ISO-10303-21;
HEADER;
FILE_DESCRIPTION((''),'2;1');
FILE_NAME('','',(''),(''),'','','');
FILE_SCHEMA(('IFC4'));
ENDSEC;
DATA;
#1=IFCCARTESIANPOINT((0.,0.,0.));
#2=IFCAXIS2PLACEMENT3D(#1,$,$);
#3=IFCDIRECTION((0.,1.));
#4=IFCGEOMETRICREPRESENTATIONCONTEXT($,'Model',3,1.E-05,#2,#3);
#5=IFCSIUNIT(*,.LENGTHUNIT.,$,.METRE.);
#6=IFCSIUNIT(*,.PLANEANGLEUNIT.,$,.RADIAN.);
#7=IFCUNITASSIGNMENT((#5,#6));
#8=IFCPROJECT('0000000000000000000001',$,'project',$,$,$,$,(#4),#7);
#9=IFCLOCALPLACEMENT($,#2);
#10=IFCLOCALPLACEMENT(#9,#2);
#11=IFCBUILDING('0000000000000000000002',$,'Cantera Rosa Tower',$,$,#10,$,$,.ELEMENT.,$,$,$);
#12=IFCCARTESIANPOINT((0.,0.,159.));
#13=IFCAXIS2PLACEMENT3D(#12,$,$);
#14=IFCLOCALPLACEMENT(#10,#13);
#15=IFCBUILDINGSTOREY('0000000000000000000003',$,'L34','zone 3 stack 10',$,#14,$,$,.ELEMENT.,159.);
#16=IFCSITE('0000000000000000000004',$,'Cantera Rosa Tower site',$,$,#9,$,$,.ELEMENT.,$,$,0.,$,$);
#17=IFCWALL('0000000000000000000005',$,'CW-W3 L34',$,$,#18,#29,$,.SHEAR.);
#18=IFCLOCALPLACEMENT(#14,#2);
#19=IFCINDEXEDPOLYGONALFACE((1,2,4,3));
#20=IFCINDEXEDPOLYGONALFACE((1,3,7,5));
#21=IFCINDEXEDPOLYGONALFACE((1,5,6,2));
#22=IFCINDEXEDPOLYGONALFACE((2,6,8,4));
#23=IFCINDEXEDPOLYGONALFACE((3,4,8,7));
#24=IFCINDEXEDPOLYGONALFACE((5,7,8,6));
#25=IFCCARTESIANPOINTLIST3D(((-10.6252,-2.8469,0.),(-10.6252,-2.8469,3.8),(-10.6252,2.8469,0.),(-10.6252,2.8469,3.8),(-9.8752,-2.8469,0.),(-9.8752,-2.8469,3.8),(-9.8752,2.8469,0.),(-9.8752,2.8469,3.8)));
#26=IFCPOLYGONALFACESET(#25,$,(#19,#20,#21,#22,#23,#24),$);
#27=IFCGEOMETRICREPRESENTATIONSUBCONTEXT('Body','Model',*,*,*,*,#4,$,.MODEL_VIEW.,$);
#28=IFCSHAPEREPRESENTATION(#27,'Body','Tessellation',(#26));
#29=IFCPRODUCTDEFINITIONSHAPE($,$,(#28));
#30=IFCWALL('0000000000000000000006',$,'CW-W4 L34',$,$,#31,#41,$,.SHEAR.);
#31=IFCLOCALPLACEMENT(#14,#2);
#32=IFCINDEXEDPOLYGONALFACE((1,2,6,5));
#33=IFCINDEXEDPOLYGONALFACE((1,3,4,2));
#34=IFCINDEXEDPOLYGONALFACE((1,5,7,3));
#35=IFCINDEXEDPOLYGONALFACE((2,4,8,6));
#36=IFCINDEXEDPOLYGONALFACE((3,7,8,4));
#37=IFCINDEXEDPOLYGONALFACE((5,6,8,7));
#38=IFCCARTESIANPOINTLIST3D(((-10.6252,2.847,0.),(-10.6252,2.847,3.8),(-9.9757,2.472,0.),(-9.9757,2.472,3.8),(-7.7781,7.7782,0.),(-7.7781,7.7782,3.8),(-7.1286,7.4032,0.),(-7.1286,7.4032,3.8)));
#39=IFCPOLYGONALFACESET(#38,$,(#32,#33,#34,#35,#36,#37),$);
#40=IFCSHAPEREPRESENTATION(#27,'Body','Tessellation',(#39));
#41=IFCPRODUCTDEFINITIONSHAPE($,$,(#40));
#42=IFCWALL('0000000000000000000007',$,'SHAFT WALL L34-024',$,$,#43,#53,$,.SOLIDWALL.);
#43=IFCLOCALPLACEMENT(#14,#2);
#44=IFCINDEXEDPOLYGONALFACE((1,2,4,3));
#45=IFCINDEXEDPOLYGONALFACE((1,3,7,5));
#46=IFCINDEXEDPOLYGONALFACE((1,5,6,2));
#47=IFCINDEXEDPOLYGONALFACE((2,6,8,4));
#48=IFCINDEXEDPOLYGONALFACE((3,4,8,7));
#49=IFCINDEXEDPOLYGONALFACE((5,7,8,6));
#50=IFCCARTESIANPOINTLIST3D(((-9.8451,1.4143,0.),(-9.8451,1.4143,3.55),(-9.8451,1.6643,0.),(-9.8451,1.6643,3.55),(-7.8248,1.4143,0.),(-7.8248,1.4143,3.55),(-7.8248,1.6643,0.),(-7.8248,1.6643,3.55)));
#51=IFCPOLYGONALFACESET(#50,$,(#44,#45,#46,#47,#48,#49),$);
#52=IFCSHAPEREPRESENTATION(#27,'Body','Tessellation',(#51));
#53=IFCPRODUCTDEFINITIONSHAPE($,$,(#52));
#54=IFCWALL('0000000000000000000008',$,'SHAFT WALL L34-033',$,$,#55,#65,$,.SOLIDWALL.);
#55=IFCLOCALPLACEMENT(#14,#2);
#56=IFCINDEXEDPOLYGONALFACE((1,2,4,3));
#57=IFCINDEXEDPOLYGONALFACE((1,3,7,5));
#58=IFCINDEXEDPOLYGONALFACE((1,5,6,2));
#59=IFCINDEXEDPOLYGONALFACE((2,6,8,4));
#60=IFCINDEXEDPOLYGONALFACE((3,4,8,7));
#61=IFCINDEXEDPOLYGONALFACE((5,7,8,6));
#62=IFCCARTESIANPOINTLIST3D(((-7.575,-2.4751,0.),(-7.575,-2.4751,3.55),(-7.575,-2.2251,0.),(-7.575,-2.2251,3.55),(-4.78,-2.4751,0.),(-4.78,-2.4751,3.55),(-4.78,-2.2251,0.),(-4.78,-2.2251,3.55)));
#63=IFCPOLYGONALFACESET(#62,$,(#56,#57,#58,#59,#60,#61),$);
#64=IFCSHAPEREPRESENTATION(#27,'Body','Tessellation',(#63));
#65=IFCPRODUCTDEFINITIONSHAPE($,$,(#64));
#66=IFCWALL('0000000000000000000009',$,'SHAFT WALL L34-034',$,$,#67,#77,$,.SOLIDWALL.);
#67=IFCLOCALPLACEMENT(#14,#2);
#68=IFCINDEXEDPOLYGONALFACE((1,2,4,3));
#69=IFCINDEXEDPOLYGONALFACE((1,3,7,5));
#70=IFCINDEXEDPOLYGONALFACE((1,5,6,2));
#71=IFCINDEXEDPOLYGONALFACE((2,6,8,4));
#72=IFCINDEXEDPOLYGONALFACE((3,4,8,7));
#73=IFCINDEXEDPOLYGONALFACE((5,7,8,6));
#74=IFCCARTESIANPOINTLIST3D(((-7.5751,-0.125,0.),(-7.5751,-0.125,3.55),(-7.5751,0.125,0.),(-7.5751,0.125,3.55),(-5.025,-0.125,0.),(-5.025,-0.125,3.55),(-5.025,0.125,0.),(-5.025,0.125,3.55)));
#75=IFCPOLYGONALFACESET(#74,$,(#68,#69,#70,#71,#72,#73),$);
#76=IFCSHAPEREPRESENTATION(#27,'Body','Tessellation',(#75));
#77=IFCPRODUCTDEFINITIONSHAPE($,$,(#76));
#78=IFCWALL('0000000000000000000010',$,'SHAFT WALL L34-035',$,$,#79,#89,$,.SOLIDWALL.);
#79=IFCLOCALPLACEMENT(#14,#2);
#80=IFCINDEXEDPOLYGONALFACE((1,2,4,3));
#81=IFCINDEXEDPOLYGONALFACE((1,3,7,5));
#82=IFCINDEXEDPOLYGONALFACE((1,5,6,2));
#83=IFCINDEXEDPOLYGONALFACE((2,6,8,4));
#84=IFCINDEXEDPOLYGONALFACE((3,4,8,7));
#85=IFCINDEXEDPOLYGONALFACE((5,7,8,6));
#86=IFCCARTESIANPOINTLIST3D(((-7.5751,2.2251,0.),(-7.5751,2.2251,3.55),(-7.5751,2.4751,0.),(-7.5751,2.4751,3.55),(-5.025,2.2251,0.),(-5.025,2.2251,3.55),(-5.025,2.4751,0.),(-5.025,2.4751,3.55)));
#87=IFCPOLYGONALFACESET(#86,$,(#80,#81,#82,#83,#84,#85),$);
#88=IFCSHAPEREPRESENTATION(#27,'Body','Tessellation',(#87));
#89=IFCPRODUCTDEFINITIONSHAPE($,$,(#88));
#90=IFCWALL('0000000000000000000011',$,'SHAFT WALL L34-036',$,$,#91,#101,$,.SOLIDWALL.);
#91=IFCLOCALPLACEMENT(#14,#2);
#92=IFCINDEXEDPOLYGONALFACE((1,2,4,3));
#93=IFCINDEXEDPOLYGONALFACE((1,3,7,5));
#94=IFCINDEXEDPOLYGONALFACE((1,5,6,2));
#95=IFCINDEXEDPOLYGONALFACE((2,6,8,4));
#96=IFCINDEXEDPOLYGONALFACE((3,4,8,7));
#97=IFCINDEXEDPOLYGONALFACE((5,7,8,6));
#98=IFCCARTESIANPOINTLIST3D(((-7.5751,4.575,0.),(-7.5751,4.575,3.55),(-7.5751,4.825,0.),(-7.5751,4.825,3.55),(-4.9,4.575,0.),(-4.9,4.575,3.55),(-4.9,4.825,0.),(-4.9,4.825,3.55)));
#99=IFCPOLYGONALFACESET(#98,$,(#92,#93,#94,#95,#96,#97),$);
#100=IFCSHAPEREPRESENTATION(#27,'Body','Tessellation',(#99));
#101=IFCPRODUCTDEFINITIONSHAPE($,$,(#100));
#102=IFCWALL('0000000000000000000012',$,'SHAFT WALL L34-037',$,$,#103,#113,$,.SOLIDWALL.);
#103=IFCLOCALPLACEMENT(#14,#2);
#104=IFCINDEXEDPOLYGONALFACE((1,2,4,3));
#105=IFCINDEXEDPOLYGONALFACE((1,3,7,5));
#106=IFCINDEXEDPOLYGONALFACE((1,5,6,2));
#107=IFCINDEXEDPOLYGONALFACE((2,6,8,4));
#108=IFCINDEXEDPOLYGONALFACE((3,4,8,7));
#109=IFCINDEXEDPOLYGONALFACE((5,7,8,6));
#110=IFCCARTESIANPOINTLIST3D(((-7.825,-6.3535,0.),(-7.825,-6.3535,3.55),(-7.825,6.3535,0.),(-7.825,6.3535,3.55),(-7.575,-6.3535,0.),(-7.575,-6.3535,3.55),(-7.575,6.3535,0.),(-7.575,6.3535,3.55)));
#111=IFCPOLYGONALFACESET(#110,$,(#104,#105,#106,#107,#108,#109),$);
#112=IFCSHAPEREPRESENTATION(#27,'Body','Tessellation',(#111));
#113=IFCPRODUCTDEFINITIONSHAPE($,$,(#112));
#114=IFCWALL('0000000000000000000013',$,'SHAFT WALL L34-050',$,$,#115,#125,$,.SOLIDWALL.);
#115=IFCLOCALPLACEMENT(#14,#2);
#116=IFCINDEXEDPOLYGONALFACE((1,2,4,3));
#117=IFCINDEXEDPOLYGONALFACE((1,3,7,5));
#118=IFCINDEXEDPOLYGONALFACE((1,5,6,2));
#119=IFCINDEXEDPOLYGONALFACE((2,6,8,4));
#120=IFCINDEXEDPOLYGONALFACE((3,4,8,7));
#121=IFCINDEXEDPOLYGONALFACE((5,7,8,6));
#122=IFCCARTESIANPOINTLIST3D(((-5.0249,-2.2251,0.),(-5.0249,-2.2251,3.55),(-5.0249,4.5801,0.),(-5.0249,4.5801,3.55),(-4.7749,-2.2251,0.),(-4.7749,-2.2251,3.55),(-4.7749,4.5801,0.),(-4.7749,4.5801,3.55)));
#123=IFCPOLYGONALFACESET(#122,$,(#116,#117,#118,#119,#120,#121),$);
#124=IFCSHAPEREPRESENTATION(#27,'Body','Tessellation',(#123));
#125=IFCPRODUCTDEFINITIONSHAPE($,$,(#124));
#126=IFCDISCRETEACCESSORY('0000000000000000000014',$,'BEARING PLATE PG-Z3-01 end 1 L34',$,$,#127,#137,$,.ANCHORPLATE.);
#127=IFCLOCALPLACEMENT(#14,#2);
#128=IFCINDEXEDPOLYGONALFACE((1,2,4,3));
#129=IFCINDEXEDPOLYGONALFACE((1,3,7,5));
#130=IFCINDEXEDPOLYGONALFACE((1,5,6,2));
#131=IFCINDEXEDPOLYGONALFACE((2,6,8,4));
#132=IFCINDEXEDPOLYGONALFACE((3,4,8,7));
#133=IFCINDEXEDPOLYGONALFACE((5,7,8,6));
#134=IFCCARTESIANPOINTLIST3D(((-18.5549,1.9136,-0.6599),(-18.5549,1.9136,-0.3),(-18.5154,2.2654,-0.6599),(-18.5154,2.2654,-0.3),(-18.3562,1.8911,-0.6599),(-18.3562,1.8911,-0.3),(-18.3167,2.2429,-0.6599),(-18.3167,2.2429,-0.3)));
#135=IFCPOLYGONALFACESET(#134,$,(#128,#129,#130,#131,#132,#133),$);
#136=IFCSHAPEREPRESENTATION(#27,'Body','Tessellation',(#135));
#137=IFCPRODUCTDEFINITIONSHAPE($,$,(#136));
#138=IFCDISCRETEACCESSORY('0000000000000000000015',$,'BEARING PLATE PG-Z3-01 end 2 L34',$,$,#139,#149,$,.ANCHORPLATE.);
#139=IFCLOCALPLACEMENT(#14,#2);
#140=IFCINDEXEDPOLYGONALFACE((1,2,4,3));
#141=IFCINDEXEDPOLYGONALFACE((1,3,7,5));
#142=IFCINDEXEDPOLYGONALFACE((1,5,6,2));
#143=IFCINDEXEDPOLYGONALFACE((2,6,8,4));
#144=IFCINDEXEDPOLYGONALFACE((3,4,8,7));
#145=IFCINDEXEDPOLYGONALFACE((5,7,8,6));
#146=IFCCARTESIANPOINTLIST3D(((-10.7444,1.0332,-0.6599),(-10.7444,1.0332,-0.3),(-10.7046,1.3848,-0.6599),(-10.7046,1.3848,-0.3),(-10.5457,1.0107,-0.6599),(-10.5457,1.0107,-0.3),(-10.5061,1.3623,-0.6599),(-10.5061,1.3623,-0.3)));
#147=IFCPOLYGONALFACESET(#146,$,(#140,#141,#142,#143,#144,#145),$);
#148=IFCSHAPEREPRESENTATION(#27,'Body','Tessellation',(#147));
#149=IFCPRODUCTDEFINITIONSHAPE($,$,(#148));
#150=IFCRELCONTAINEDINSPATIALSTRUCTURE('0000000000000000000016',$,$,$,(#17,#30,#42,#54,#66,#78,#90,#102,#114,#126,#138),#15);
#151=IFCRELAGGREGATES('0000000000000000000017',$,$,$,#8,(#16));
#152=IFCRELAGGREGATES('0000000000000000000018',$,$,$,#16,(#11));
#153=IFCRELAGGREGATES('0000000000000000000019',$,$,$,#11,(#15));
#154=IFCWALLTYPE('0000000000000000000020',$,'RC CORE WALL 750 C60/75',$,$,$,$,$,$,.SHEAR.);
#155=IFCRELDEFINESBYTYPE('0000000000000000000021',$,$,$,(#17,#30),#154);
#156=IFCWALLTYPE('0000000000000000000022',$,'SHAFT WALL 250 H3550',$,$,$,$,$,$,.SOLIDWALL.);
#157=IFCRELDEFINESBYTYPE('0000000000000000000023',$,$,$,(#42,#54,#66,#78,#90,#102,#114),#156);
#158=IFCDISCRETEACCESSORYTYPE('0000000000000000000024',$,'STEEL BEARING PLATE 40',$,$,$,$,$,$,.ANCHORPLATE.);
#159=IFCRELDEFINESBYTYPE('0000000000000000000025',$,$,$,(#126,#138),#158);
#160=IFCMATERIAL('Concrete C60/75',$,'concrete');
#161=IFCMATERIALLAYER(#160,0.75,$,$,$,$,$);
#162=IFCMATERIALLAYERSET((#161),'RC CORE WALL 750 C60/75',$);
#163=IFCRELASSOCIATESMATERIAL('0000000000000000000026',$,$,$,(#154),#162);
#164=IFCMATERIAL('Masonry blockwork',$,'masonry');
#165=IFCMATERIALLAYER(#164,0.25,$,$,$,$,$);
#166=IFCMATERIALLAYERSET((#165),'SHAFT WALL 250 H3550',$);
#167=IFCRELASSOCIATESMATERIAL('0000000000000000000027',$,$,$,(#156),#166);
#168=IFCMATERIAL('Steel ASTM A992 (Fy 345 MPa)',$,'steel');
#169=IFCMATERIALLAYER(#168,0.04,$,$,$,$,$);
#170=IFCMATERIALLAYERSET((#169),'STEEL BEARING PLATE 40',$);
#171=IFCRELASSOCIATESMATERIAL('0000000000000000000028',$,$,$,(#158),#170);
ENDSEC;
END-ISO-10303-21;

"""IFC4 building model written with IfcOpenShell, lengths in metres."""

from ifc_helpers import new_model, si_unit, direction, frame, frame_2d, origin, place, context, subcontext, project, spatial, polyline, rectangle, outline, extrude, material, layer, layer_set, type_object, element, save


model = new_model("IFC4")

# Units and contexts
model_context = context("Model", 3, precision=1e-05, world=origin(), true_north=direction((0.0, 1.0)))
body_context = subcontext(model_context, "Body", "Model", "MODEL_VIEW")
ifc_project = project(units=[si_unit("LENGTHUNIT", "METRE"), si_unit("PLANEANGLEUNIT", "RADIAN")], contexts=[model_context])

# Site, building, storey
site_placement = place(None, origin())
site = spatial("IfcSite", under=ifc_project, at=site_placement, Name="Cantera Rosa Tower site", CompositionType="ELEMENT", RefElevation=0.0)
building_placement = place(site_placement, origin())
building = spatial("IfcBuilding", under=site, at=building_placement, Name="Cantera Rosa Tower", CompositionType="ELEMENT")
storey_placement = place(building_placement, frame((0.0, 0.0, 159.0)))
storey = spatial("IfcBuildingStorey", under=building, at=storey_placement, Name="L34", Description="zone 3 stack 10", CompositionType="ELEMENT", Elevation=159.0)

# Walls
ifc_material_1 = material(Name="Concrete C60/75", Category="concrete")
ifc_layer_1 = layer(ifc_material_1, 0.75)
ifc_layer_set_1 = layer_set([ifc_layer_1], Name="RC CORE WALL 750 C60/75")
wall_type_1 = type_object("IfcWallType", Name="RC CORE WALL 750 C60/75", PredefinedType="SHEAR", material=ifc_layer_set_1)
wall_1_placement = place(storey_placement, frame((-10.2502, -2.8469, 0.0), z_axis=(0.0, 0.0, 1.0), x_axis=(0.0, 1.0, 0.0)))
element("IfcWall", 1, at=wall_1_placement, inside=storey, type_object=wall_type_1, Name="CW-W3 L34", PredefinedType="SHEAR", context=body_context, shape_type="SweptSolid", body=[
    extrude(rectangle(XDim=5.6938, YDim=0.75, at=frame_2d((2.8469, 0.0))), origin(), (0.0, 0.0, 1.0), 3.8),
])
wall_2_placement = place(storey_placement, frame((-10.3005, 2.6594, 0.0), z_axis=(0.0, 0.0, 1.0), x_axis=(0.500022, 0.866013, 0.0)))
element("IfcWall", 2, at=wall_2_placement, inside=storey, type_object=wall_type_1, Name="CW-W4 L34", PredefinedType="SHEAR", context=body_context, shape_type="SweptSolid", body=[
    extrude(rectangle(XDim=5.6941, YDim=0.75, at=frame_2d((2.8472, 0.0))), origin(), (0.0, 0.0, 1.0), 3.8),
])
ifc_material_2 = material(Name="Masonry blockwork", Category="masonry")
ifc_layer_2 = layer(ifc_material_2, 0.25)
ifc_layer_set_2 = layer_set([ifc_layer_2], Name="SHAFT WALL 250 H3550")
wall_type_2 = type_object("IfcWallType", Name="SHAFT WALL 250 H3550", PredefinedType="SOLIDWALL", material=ifc_layer_set_2)
wall_3_placement = place(storey_placement, frame((-9.8452, 1.5393, 0.0), z_axis=(0.0, 0.0, 1.0), x_axis=(1.0, 0.0, 0.0)))
element("IfcWall", 3, at=wall_3_placement, inside=storey, type_object=wall_type_2, Name="SHAFT WALL L34-024", PredefinedType="SOLIDWALL", context=body_context, shape_type="SweptSolid", body=[
    extrude(rectangle(XDim=2.0203, YDim=0.25, at=frame_2d((1.0103, 0.0))), origin(), (0.0, 0.0, 1.0), 3.55),
])
wall_4_placement = place(storey_placement, frame((-7.575, -2.3501, 0.0), z_axis=(0.0, 0.0, 1.0), x_axis=(1.0, 0.0, 0.0)))
element("IfcWall", 4, at=wall_4_placement, inside=storey, type_object=wall_type_2, Name="SHAFT WALL L34-033", PredefinedType="SOLIDWALL", context=body_context, shape_type="SweptSolid", body=[
    extrude(rectangle(XDim=2.7949, YDim=0.25, at=frame_2d((1.3975, 0.0))), origin(), (0.0, 0.0, 1.0), 3.55),
])
for number, where, z_axis, x_axis, name in (
    (5, (-7.575, 0.0, 0.0), (0.0, 0.0, 1.0), (1.0, 0.0, 0.0), "SHAFT WALL L34-034"),
    (6, (-7.575, 2.3501, 0.0), (0.0, 0.0, 1.0), (1.0, 0.0, 0.0), "SHAFT WALL L34-035"),
):
    element("IfcWall", number, at=place(storey_placement, frame(where, z_axis=z_axis, x_axis=x_axis)), inside=storey, type_object=wall_type_2, Name=name, PredefinedType="SOLIDWALL", context=body_context, shape_type="SweptSolid", body=[
        extrude(rectangle(XDim=2.55, YDim=0.25, at=frame_2d((1.2749, 0.0))), origin(), (0.0, 0.0, 1.0), 3.55),
    ])
wall_5_placement = place(storey_placement, frame((-7.575, 4.7, 0.0), z_axis=(0.0, 0.0, 1.0), x_axis=(1.0, 0.0, 0.0)))
element("IfcWall", 7, at=wall_5_placement, inside=storey, type_object=wall_type_2, Name="SHAFT WALL L34-036", PredefinedType="SOLIDWALL", context=body_context, shape_type="SweptSolid", body=[
    extrude(rectangle(XDim=2.675, YDim=0.25, at=frame_2d((1.3374, 0.0))), origin(), (0.0, 0.0, 1.0), 3.55),
])
wall_6_placement = place(storey_placement, frame((-7.7, 6.3535, 0.0), z_axis=(0.0, 0.0, 1.0), x_axis=(0.0, -1.0, 0.0)))
element("IfcWall", 8, at=wall_6_placement, inside=storey, type_object=wall_type_2, Name="SHAFT WALL L34-037", PredefinedType="SOLIDWALL", context=body_context, shape_type="SweptSolid", body=[
    extrude(rectangle(XDim=12.707, YDim=0.25, at=frame_2d((6.3535, 0.0))), origin(), (0.0, 0.0, 1.0), 3.55),
])
wall_7_placement = place(storey_placement, frame((-4.8999, 4.5801, 0.0), z_axis=(0.0, 0.0, 1.0), x_axis=(0.0, -1.0, 0.0)))
element("IfcWall", 9, at=wall_7_placement, inside=storey, type_object=wall_type_2, Name="SHAFT WALL L34-050", PredefinedType="SOLIDWALL", context=body_context, shape_type="SweptSolid", body=[
    extrude(rectangle(XDim=6.8052, YDim=0.25, at=frame_2d((3.4026, 0.0))), origin(), (0.0, 0.0, 1.0), 3.55),
])

# Discrete accessories
ifc_material_3 = material(Name="Steel ASTM A992 (Fy 345 MPa)", Category="steel")
ifc_layer_3 = layer(ifc_material_3, 0.04)
ifc_layer_set_3 = layer_set([ifc_layer_3], Name="STEEL BEARING PLATE 40")
discrete_accessory_type = type_object("IfcDiscreteAccessoryType", Name="STEEL BEARING PLATE 40", PredefinedType="ANCHORPLATE", material=ifc_layer_set_3)
discrete_accessory_1_placement = place(storey_placement, frame((0.0, 0.0, -0.6599)))
element("IfcDiscreteAccessory", 10, at=discrete_accessory_1_placement, inside=storey, type_object=discrete_accessory_type, Name="BEARING PLATE PG-Z3-01 end 1 L34", PredefinedType="ANCHORPLATE", context=body_context, shape_type="SweptSolid", body=[
    extrude(outline(polyline([(-18.3167, 2.2429), (-18.5154, 2.2654), (-18.5549, 1.9136), (-18.3562, 1.8911), (-18.3167, 2.2429)])), origin(), (0.0, 0.0, 1.0), 0.3599),
])
discrete_accessory_2_placement = place(storey_placement, frame((0.0, 0.0, -0.6599)))
element("IfcDiscreteAccessory", 11, at=discrete_accessory_2_placement, inside=storey, type_object=discrete_accessory_type, Name="BEARING PLATE PG-Z3-01 end 2 L34", PredefinedType="ANCHORPLATE", context=body_context, shape_type="SweptSolid", body=[
    extrude(outline(polyline([(-10.7444, 1.0332), (-10.5457, 1.0107), (-10.5061, 1.3623), (-10.7046, 1.3848), (-10.7444, 1.0332)])), origin(), (0.0, 0.0, 1.0), 0.3599),
])

save(model, "model.ifc")
